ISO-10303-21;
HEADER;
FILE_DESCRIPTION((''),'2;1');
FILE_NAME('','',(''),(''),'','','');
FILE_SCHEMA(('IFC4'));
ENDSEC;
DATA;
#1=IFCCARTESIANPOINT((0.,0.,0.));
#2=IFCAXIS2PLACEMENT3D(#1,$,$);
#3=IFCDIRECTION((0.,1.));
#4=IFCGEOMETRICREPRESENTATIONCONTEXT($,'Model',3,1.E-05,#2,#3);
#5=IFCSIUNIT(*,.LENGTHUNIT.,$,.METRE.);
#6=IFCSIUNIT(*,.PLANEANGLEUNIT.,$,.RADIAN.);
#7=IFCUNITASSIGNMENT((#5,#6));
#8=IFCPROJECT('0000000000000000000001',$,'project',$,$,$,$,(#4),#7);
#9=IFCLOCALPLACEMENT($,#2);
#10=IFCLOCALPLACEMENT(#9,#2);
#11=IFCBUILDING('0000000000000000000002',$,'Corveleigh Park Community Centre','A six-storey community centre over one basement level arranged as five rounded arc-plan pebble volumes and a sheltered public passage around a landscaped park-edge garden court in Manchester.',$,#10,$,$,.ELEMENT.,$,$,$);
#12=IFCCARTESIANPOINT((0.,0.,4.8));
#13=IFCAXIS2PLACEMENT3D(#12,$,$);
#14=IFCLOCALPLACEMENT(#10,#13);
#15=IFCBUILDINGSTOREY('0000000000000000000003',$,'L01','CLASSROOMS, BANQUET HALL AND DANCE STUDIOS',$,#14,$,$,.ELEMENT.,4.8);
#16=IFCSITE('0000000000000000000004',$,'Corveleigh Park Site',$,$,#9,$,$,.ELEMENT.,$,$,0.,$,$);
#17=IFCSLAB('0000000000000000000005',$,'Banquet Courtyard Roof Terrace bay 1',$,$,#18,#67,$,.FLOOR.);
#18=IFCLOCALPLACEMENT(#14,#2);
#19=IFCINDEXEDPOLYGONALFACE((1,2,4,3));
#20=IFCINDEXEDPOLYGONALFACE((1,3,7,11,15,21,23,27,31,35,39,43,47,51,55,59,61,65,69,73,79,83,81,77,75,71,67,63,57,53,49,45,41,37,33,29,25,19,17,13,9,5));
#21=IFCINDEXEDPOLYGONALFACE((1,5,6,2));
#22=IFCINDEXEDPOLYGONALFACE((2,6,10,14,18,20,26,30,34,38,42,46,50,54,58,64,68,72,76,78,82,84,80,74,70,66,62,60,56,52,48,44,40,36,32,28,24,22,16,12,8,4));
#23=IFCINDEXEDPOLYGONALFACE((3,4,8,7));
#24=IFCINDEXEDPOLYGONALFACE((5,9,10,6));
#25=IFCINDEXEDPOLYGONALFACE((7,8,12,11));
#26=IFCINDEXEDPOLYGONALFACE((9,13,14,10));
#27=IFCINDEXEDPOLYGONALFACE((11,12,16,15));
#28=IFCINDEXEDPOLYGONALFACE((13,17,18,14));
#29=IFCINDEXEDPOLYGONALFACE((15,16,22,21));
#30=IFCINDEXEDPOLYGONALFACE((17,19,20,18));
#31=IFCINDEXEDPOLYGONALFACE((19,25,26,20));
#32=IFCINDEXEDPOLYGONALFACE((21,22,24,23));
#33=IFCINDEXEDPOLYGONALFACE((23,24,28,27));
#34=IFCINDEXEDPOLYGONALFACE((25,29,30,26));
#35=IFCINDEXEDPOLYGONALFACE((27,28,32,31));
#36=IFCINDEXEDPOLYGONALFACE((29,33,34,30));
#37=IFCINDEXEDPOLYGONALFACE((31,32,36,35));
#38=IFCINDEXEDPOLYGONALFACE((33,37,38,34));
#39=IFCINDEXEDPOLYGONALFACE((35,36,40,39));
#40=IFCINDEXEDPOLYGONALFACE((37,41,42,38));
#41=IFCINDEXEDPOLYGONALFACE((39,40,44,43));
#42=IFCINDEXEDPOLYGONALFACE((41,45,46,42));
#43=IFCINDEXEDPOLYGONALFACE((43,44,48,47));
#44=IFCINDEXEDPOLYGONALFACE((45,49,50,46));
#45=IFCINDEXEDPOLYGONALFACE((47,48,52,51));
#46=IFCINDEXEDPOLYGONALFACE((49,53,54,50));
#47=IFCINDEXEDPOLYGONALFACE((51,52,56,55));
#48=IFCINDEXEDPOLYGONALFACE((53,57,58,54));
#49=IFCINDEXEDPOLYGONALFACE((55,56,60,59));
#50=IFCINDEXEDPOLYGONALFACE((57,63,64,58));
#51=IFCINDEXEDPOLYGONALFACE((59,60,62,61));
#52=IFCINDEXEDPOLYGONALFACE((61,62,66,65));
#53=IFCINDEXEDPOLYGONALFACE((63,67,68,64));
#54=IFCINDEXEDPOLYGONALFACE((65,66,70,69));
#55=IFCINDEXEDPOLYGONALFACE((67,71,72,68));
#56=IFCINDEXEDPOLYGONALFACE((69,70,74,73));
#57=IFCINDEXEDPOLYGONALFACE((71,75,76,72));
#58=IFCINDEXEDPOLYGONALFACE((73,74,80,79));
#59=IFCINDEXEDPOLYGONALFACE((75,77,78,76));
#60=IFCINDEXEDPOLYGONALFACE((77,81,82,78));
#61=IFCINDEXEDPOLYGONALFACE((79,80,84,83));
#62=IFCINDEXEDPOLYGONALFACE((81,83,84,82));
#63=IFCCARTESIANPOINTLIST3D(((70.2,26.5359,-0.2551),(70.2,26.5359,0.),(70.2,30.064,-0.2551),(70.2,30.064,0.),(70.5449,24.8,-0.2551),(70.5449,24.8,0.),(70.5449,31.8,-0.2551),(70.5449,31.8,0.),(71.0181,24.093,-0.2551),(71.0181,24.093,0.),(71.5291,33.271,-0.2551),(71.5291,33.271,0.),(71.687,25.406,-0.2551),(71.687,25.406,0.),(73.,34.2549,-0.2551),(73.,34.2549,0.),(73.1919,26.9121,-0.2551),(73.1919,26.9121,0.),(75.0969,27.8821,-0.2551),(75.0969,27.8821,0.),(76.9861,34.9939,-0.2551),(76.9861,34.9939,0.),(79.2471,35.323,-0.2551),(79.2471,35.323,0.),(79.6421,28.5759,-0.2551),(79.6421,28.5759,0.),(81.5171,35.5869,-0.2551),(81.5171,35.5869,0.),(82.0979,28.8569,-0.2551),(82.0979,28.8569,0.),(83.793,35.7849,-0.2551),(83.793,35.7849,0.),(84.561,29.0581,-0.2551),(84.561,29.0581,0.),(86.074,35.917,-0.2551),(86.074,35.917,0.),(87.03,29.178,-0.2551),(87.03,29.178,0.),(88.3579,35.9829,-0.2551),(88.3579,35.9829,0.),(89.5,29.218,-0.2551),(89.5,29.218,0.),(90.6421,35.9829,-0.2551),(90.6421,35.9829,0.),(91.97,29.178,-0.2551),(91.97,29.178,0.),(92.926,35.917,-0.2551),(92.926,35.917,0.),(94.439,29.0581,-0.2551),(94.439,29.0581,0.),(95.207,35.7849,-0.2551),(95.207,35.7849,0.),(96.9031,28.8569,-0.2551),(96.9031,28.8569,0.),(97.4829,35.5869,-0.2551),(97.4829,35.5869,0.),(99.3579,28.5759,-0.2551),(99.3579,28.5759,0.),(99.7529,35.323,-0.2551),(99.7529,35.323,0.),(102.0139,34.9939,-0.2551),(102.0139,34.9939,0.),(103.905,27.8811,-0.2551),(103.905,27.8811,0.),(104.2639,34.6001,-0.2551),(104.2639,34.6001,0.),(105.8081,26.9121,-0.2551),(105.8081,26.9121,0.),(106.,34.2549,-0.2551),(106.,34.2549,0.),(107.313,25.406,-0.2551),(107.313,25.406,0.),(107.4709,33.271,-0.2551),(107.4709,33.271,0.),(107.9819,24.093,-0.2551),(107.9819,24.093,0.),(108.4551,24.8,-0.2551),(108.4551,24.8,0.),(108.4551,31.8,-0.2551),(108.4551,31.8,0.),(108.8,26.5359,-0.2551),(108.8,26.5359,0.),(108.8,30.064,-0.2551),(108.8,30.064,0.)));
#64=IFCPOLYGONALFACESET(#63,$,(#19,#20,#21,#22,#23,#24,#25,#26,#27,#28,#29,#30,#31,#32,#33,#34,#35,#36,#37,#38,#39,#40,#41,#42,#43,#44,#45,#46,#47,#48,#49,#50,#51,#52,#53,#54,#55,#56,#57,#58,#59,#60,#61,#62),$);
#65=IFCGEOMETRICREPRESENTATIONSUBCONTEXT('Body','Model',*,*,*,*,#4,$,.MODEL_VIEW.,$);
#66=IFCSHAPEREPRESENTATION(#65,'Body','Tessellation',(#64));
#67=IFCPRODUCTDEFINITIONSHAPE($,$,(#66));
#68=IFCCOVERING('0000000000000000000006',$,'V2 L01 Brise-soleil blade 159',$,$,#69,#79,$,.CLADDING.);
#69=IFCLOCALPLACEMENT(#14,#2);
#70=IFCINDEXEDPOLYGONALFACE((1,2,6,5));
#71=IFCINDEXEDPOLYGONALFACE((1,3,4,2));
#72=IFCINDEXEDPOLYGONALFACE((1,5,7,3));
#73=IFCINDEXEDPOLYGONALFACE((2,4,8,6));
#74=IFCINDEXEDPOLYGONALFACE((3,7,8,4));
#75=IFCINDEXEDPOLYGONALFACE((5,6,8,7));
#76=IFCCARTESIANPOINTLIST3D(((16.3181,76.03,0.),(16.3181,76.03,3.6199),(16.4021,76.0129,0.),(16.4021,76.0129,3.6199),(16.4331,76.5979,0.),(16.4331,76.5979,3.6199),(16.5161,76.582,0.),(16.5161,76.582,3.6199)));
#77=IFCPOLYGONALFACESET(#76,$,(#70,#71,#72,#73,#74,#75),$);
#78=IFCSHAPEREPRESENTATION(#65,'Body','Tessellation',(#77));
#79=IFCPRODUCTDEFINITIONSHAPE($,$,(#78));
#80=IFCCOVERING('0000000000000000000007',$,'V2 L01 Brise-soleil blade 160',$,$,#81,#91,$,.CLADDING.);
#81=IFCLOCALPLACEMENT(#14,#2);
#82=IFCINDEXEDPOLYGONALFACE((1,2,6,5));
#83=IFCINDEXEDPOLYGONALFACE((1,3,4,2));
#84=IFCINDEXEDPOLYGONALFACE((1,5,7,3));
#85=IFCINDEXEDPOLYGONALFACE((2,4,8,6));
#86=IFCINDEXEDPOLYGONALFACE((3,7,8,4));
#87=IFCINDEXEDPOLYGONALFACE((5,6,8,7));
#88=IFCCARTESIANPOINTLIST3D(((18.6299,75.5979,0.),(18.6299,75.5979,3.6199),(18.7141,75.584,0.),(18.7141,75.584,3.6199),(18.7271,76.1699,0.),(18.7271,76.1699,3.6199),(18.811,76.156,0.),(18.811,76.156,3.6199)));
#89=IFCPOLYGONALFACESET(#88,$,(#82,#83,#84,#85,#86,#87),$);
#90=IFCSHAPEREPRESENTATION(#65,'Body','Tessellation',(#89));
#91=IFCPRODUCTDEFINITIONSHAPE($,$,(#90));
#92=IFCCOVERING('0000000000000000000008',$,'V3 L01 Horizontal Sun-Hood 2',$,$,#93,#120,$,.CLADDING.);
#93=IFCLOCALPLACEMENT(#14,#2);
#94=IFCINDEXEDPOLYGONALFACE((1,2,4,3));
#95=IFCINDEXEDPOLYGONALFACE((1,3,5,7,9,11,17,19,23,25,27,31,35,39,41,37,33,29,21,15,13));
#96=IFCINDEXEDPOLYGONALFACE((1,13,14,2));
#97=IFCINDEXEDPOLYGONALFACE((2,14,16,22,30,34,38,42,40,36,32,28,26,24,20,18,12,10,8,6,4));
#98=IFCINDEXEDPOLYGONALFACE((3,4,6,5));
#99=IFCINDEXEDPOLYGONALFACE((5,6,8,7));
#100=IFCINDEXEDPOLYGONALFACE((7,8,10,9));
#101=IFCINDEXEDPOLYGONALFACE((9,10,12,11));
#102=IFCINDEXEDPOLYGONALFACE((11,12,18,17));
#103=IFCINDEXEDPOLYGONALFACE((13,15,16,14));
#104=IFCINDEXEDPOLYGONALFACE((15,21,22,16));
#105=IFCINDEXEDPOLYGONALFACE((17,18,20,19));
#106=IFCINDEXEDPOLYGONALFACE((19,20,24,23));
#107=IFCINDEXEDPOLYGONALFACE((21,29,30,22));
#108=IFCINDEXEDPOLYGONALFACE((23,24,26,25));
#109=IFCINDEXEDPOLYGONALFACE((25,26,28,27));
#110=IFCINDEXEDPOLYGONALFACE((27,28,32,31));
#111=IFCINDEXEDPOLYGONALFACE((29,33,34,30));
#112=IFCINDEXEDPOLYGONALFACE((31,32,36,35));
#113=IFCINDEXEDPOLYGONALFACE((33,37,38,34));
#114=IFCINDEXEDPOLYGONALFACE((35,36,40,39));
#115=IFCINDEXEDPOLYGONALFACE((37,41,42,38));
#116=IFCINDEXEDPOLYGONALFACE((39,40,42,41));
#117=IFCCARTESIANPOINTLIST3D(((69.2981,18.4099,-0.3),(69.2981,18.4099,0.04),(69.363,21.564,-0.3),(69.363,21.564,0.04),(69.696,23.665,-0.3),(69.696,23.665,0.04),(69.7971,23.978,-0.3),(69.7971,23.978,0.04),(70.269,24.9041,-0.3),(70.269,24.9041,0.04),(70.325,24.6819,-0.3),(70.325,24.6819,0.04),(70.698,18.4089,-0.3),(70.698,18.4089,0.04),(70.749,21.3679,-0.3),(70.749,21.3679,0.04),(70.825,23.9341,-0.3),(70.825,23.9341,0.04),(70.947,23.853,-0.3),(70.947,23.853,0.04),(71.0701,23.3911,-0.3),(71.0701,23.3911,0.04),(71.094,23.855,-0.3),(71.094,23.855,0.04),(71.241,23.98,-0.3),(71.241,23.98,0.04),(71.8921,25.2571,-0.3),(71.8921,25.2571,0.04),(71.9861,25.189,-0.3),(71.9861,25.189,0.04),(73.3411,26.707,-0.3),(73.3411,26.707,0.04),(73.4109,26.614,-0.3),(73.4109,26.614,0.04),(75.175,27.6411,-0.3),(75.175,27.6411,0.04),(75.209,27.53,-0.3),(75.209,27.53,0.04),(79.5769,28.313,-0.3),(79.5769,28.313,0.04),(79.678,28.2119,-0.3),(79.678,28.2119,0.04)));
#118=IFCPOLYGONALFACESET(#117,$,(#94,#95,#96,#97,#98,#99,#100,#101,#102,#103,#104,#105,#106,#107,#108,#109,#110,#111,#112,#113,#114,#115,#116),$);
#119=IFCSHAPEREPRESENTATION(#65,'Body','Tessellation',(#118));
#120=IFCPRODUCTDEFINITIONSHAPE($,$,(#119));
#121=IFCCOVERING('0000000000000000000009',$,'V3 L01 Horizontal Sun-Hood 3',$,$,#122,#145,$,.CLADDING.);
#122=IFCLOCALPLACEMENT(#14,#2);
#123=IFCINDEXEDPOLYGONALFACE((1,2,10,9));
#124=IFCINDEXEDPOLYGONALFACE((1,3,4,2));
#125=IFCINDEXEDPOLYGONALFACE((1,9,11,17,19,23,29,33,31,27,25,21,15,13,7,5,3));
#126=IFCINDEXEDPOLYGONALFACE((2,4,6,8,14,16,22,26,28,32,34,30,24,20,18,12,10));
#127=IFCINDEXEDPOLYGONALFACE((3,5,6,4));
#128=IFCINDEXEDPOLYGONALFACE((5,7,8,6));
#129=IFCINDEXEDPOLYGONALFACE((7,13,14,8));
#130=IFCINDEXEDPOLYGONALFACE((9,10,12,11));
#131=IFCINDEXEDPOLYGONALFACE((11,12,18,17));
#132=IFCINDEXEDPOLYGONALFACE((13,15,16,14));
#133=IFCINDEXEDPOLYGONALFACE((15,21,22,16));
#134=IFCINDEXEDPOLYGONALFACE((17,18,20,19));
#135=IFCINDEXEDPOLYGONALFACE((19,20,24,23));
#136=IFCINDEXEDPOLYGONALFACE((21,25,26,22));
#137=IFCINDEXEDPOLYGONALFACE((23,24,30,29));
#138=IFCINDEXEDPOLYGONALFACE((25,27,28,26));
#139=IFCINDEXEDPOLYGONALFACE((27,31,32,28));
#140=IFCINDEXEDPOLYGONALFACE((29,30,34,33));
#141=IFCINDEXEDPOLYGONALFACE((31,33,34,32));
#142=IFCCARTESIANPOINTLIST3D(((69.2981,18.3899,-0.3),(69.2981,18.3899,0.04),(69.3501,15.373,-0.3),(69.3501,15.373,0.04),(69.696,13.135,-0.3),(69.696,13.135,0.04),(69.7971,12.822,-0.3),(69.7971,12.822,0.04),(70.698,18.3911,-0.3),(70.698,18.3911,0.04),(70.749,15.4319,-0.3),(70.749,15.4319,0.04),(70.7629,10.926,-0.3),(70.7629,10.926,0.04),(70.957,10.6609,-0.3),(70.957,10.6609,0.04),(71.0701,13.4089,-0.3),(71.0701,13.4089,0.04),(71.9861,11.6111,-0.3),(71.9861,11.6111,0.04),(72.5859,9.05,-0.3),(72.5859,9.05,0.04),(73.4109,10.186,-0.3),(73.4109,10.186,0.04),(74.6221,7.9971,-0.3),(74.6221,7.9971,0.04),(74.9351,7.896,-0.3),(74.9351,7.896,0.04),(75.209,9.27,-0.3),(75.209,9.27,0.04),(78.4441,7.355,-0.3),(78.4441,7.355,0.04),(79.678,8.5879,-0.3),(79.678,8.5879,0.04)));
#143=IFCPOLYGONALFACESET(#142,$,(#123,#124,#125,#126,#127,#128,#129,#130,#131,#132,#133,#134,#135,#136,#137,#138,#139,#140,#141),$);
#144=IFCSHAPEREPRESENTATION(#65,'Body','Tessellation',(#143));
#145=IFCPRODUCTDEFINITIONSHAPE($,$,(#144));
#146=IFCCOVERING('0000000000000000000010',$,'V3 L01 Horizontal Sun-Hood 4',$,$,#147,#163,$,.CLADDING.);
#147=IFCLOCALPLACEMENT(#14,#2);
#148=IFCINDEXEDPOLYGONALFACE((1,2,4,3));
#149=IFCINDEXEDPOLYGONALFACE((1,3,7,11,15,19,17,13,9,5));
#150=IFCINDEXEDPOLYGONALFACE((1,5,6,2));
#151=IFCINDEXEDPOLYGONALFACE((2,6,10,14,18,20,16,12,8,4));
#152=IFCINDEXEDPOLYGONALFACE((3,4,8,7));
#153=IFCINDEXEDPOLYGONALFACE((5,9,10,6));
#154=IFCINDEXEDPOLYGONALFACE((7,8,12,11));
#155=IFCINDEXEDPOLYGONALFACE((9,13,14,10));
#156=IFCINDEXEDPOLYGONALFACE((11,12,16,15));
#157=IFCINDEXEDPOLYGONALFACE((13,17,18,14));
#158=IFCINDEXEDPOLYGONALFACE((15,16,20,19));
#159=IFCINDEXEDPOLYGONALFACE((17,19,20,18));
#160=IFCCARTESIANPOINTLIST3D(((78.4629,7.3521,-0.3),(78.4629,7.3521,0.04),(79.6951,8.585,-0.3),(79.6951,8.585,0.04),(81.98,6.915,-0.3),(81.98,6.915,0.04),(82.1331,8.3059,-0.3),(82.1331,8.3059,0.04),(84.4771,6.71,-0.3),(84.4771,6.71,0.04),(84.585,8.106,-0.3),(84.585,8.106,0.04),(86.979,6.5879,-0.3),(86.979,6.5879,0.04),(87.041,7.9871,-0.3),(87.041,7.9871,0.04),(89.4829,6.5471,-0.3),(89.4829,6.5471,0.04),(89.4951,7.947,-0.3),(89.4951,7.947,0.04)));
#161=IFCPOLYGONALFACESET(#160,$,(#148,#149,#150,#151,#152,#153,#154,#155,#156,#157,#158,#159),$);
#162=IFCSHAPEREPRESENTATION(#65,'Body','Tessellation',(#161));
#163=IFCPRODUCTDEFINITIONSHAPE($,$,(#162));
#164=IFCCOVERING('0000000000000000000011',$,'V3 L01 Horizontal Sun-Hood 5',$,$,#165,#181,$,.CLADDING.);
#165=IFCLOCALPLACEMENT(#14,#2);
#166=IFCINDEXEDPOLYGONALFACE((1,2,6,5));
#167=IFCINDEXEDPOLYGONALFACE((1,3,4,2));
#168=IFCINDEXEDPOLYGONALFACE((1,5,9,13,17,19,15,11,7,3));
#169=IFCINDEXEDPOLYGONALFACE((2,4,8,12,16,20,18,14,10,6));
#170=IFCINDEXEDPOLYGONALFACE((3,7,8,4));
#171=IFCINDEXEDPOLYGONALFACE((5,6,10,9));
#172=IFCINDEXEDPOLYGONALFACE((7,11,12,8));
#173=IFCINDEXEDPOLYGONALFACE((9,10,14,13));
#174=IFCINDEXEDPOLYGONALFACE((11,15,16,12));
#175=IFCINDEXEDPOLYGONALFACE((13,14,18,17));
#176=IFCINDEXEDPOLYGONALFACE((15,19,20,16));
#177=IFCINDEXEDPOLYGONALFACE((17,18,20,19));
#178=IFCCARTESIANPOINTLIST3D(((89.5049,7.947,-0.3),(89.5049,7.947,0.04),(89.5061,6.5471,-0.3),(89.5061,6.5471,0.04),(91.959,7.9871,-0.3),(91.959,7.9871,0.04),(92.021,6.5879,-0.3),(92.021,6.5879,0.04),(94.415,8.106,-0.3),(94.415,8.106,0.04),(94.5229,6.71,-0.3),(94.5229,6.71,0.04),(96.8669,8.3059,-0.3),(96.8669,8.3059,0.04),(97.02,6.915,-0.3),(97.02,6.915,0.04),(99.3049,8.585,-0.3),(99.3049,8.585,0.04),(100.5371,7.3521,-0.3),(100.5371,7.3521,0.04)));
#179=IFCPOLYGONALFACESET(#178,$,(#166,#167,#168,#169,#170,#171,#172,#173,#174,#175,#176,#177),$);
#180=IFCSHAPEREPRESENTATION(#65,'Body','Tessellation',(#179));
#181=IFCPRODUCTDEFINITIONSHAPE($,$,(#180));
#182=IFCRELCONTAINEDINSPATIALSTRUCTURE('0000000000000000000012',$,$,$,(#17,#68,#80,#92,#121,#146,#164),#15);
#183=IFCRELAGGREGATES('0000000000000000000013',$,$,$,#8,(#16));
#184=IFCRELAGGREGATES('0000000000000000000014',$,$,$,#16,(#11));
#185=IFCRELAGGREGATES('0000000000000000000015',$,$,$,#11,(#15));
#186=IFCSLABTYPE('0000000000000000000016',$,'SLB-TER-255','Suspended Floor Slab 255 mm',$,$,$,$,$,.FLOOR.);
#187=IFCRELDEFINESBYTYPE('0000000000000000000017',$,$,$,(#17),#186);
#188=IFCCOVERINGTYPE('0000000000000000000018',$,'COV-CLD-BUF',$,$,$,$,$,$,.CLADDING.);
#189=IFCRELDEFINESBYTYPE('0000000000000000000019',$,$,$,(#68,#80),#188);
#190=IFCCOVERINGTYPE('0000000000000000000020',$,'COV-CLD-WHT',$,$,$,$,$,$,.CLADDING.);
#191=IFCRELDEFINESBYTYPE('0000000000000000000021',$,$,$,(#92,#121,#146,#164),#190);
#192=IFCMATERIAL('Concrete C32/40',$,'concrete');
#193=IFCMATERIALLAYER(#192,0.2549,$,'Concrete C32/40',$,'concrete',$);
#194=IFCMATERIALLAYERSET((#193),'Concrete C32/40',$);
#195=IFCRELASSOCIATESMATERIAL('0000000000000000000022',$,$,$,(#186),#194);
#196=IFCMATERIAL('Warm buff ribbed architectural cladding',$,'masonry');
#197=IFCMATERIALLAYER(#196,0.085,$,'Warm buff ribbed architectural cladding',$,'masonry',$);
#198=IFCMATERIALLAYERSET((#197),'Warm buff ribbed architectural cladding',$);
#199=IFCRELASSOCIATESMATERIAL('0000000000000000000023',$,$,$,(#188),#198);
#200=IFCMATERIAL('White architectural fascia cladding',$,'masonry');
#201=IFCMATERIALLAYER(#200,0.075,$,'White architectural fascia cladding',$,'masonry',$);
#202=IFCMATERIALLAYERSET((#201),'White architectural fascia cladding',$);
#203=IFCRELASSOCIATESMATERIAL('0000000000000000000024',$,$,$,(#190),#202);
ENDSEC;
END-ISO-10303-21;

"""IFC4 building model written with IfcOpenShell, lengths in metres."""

from ifc_helpers import new_model, si_unit, direction, frame, origin, place, context, subcontext, project, spatial, polyline, outline, extrude, material, layer, layer_set, type_object, element, save


model = new_model("IFC4")

# Units and contexts
model_context = context("Model", 3, precision=1e-05, world=origin(), true_north=direction((0.0, 1.0)))
body_context = subcontext(model_context, "Body", "Model", "MODEL_VIEW")
ifc_project = project(units=[si_unit("LENGTHUNIT", "METRE"), si_unit("PLANEANGLEUNIT", "RADIAN")], contexts=[model_context])

# Site, building, storey
site_placement = place(None, origin())
site = spatial("IfcSite", under=ifc_project, at=site_placement, Name="Corveleigh Park Site", CompositionType="ELEMENT", RefElevation=0.0)
building_placement = place(site_placement, origin())
building = spatial("IfcBuilding", under=site, at=building_placement, Name="Corveleigh Park Community Centre", Description="A six-storey community centre over one basement level arranged as five rounded arc-plan pebble volumes and a sheltered public passage around a landscaped park-edge garden court in Manchester.", CompositionType="ELEMENT")
storey_placement = place(building_placement, frame((0.0, 0.0, 4.8)))
storey = spatial("IfcBuildingStorey", under=building, at=storey_placement, Name="L01", Description="CLASSROOMS, BANQUET HALL AND DANCE STUDIOS", CompositionType="ELEMENT", Elevation=4.8)

# Shared definitions
ifc_material_1 = material(Name="Concrete C32/40", Category="concrete")

# Slab
ifc_layer_1 = layer(ifc_material_1, 0.2549, Name="Concrete C32/40", Category="concrete")
ifc_layer_set_1 = layer_set([ifc_layer_1], Name="Concrete C32/40")
slab_type_1 = type_object("IfcSlabType", Name="SLB-TER-255", Description="Suspended Floor Slab 255 mm", PredefinedType="FLOOR", material=ifc_layer_set_1)
slab_1_placement = place(storey_placement, frame((0.0, 0.0, -0.2551)))
element("IfcSlab", 1, at=slab_1_placement, inside=storey, type_object=slab_type_1, Name="Banquet Courtyard Roof Terrace bay 1", PredefinedType="FLOOR", context=body_context, shape_type="SweptSolid", body=[
    extrude(outline(polyline([(70.5449, 24.8), (70.2, 26.5359), (70.2, 30.064), (70.5449, 31.8), (71.5291, 33.271), (73.0, 34.2549), (76.9861, 34.9939), (79.2471, 35.323), (81.5171, 35.5869), (83.793, 35.7849), (86.074, 35.917), (88.3579, 35.9829), (90.6421, 35.9829), (92.926, 35.917), (95.207, 35.7849), (97.4829, 35.5869), (99.7529, 35.323), (102.0139, 34.9939), (104.2639, 34.6001), (106.0, 34.2549), (107.4709, 33.271), (108.4551, 31.8), (108.8, 30.064), (108.8, 26.5359), (108.4551, 24.8), (107.9819, 24.093), (107.313, 25.406), (105.8081, 26.9121), (103.905, 27.8811), (99.3579, 28.5759), (96.9031, 28.8569), (94.439, 29.0581), (91.97, 29.178), (89.5, 29.218), (87.03, 29.178), (84.561, 29.0581), (82.0979, 28.8569), (79.6421, 28.5759), (75.0969, 27.8821), (73.1919, 26.9121), (71.687, 25.406), (71.0181, 24.093), (70.5449, 24.8)])), origin(), (0.0, 0.0, 1.0), 0.2551),
])

# Coverings
ifc_material_2 = material(Name="Warm buff ribbed architectural cladding", Category="masonry")
ifc_layer_2 = layer(ifc_material_2, 0.085, Name="Warm buff ribbed architectural cladding", Category="masonry")
ifc_layer_set_2 = layer_set([ifc_layer_2], Name="Warm buff ribbed architectural cladding")
covering_type_1 = type_object("IfcCoveringType", Name="COV-CLD-BUF", PredefinedType="CLADDING", material=ifc_layer_set_2)
covering_1_placement = place(storey_placement, origin())
element("IfcCovering", 2, at=covering_1_placement, inside=storey, type_object=covering_type_1, Name="V2 L01 Brise-soleil blade 159", PredefinedType="CLADDING", context=body_context, shape_type="SweptSolid", body=[
    extrude(outline(polyline([(16.5161, 76.582), (16.4331, 76.5979), (16.3181, 76.03), (16.4021, 76.0129), (16.5161, 76.582)])), origin(), (0.0, 0.0, 1.0), 3.6199),
])
covering_2_placement = place(storey_placement, origin())
element("IfcCovering", 3, at=covering_2_placement, inside=storey, type_object=covering_type_1, Name="V2 L01 Brise-soleil blade 160", PredefinedType="CLADDING", context=body_context, shape_type="SweptSolid", body=[
    extrude(outline(polyline([(18.811, 76.156), (18.7271, 76.1699), (18.6299, 75.5979), (18.7141, 75.584), (18.811, 76.156)])), origin(), (0.0, 0.0, 1.0), 3.6199),
])
ifc_material_3 = material(Name="White architectural fascia cladding", Category="masonry")
ifc_layer_3 = layer(ifc_material_3, 0.075, Name="White architectural fascia cladding", Category="masonry")
ifc_layer_set_3 = layer_set([ifc_layer_3], Name="White architectural fascia cladding")
covering_type_2 = type_object("IfcCoveringType", Name="COV-CLD-WHT", PredefinedType="CLADDING", material=ifc_layer_set_3)
covering_3_placement = place(storey_placement, frame((0.0, 0.0, -0.3)))
element("IfcCovering", 4, at=covering_3_placement, inside=storey, type_object=covering_type_2, Name="V3 L01 Horizontal Sun-Hood 2", PredefinedType="CLADDING", context=body_context, shape_type="SweptSolid", body=[
    extrude(outline(polyline([(69.2981, 18.4099), (69.363, 21.564), (69.696, 23.665), (69.7971, 23.978), (70.269, 24.9041), (70.325, 24.6819), (70.825, 23.9341), (70.947, 23.853), (71.094, 23.855), (71.241, 23.98), (71.8921, 25.2571), (73.3411, 26.707), (75.175, 27.6411), (79.5769, 28.313), (79.678, 28.2119), (75.209, 27.53), (73.4109, 26.614), (71.9861, 25.189), (71.0701, 23.3911), (70.749, 21.3679), (70.698, 18.4089), (69.2981, 18.4099)])), origin(), (0.0, 0.0, 1.0), 0.3401),
])
covering_4_placement = place(storey_placement, frame((0.0, 0.0, -0.3)))
element("IfcCovering", 5, at=covering_4_placement, inside=storey, type_object=covering_type_2, Name="V3 L01 Horizontal Sun-Hood 3", PredefinedType="CLADDING", context=body_context, shape_type="SweptSolid", body=[
    extrude(outline(polyline([(74.6221, 7.9971), (72.5859, 9.05), (70.957, 10.6609), (70.7629, 10.926), (69.7971, 12.822), (69.696, 13.135), (69.3501, 15.373), (69.2981, 18.3899), (70.698, 18.3911), (70.749, 15.4319), (71.0701, 13.4089), (71.9861, 11.6111), (73.4109, 10.186), (75.209, 9.27), (79.678, 8.5879), (78.4441, 7.355), (74.9351, 7.896), (74.6221, 7.9971)])), origin(), (0.0, 0.0, 1.0), 0.3401),
])
covering_5_placement = place(storey_placement, frame((0.0, 0.0, -0.3)))
element("IfcCovering", 6, at=covering_5_placement, inside=storey, type_object=covering_type_2, Name="V3 L01 Horizontal Sun-Hood 4", PredefinedType="CLADDING", context=body_context, shape_type="SweptSolid", body=[
    extrude(outline(polyline([(89.4829, 6.5471), (86.979, 6.5879), (84.4771, 6.71), (81.98, 6.915), (78.4629, 7.3521), (79.6951, 8.585), (82.1331, 8.3059), (84.585, 8.106), (87.041, 7.9871), (89.4951, 7.947), (89.4829, 6.5471)])), origin(), (0.0, 0.0, 1.0), 0.3401),
])
covering_6_placement = place(storey_placement, frame((0.0, 0.0, -0.3)))
element("IfcCovering", 7, at=covering_6_placement, inside=storey, type_object=covering_type_2, Name="V3 L01 Horizontal Sun-Hood 5", PredefinedType="CLADDING", context=body_context, shape_type="SweptSolid", body=[
    extrude(outline(polyline([(100.5371, 7.3521), (97.02, 6.915), (94.5229, 6.71), (92.021, 6.5879), (89.5061, 6.5471), (89.5049, 7.947), (91.959, 7.9871), (94.415, 8.106), (96.8669, 8.3059), (99.3049, 8.585), (100.5371, 7.3521)])), origin(), (0.0, 0.0, 1.0), 0.3401),
])

save(model, "model.ifc")
